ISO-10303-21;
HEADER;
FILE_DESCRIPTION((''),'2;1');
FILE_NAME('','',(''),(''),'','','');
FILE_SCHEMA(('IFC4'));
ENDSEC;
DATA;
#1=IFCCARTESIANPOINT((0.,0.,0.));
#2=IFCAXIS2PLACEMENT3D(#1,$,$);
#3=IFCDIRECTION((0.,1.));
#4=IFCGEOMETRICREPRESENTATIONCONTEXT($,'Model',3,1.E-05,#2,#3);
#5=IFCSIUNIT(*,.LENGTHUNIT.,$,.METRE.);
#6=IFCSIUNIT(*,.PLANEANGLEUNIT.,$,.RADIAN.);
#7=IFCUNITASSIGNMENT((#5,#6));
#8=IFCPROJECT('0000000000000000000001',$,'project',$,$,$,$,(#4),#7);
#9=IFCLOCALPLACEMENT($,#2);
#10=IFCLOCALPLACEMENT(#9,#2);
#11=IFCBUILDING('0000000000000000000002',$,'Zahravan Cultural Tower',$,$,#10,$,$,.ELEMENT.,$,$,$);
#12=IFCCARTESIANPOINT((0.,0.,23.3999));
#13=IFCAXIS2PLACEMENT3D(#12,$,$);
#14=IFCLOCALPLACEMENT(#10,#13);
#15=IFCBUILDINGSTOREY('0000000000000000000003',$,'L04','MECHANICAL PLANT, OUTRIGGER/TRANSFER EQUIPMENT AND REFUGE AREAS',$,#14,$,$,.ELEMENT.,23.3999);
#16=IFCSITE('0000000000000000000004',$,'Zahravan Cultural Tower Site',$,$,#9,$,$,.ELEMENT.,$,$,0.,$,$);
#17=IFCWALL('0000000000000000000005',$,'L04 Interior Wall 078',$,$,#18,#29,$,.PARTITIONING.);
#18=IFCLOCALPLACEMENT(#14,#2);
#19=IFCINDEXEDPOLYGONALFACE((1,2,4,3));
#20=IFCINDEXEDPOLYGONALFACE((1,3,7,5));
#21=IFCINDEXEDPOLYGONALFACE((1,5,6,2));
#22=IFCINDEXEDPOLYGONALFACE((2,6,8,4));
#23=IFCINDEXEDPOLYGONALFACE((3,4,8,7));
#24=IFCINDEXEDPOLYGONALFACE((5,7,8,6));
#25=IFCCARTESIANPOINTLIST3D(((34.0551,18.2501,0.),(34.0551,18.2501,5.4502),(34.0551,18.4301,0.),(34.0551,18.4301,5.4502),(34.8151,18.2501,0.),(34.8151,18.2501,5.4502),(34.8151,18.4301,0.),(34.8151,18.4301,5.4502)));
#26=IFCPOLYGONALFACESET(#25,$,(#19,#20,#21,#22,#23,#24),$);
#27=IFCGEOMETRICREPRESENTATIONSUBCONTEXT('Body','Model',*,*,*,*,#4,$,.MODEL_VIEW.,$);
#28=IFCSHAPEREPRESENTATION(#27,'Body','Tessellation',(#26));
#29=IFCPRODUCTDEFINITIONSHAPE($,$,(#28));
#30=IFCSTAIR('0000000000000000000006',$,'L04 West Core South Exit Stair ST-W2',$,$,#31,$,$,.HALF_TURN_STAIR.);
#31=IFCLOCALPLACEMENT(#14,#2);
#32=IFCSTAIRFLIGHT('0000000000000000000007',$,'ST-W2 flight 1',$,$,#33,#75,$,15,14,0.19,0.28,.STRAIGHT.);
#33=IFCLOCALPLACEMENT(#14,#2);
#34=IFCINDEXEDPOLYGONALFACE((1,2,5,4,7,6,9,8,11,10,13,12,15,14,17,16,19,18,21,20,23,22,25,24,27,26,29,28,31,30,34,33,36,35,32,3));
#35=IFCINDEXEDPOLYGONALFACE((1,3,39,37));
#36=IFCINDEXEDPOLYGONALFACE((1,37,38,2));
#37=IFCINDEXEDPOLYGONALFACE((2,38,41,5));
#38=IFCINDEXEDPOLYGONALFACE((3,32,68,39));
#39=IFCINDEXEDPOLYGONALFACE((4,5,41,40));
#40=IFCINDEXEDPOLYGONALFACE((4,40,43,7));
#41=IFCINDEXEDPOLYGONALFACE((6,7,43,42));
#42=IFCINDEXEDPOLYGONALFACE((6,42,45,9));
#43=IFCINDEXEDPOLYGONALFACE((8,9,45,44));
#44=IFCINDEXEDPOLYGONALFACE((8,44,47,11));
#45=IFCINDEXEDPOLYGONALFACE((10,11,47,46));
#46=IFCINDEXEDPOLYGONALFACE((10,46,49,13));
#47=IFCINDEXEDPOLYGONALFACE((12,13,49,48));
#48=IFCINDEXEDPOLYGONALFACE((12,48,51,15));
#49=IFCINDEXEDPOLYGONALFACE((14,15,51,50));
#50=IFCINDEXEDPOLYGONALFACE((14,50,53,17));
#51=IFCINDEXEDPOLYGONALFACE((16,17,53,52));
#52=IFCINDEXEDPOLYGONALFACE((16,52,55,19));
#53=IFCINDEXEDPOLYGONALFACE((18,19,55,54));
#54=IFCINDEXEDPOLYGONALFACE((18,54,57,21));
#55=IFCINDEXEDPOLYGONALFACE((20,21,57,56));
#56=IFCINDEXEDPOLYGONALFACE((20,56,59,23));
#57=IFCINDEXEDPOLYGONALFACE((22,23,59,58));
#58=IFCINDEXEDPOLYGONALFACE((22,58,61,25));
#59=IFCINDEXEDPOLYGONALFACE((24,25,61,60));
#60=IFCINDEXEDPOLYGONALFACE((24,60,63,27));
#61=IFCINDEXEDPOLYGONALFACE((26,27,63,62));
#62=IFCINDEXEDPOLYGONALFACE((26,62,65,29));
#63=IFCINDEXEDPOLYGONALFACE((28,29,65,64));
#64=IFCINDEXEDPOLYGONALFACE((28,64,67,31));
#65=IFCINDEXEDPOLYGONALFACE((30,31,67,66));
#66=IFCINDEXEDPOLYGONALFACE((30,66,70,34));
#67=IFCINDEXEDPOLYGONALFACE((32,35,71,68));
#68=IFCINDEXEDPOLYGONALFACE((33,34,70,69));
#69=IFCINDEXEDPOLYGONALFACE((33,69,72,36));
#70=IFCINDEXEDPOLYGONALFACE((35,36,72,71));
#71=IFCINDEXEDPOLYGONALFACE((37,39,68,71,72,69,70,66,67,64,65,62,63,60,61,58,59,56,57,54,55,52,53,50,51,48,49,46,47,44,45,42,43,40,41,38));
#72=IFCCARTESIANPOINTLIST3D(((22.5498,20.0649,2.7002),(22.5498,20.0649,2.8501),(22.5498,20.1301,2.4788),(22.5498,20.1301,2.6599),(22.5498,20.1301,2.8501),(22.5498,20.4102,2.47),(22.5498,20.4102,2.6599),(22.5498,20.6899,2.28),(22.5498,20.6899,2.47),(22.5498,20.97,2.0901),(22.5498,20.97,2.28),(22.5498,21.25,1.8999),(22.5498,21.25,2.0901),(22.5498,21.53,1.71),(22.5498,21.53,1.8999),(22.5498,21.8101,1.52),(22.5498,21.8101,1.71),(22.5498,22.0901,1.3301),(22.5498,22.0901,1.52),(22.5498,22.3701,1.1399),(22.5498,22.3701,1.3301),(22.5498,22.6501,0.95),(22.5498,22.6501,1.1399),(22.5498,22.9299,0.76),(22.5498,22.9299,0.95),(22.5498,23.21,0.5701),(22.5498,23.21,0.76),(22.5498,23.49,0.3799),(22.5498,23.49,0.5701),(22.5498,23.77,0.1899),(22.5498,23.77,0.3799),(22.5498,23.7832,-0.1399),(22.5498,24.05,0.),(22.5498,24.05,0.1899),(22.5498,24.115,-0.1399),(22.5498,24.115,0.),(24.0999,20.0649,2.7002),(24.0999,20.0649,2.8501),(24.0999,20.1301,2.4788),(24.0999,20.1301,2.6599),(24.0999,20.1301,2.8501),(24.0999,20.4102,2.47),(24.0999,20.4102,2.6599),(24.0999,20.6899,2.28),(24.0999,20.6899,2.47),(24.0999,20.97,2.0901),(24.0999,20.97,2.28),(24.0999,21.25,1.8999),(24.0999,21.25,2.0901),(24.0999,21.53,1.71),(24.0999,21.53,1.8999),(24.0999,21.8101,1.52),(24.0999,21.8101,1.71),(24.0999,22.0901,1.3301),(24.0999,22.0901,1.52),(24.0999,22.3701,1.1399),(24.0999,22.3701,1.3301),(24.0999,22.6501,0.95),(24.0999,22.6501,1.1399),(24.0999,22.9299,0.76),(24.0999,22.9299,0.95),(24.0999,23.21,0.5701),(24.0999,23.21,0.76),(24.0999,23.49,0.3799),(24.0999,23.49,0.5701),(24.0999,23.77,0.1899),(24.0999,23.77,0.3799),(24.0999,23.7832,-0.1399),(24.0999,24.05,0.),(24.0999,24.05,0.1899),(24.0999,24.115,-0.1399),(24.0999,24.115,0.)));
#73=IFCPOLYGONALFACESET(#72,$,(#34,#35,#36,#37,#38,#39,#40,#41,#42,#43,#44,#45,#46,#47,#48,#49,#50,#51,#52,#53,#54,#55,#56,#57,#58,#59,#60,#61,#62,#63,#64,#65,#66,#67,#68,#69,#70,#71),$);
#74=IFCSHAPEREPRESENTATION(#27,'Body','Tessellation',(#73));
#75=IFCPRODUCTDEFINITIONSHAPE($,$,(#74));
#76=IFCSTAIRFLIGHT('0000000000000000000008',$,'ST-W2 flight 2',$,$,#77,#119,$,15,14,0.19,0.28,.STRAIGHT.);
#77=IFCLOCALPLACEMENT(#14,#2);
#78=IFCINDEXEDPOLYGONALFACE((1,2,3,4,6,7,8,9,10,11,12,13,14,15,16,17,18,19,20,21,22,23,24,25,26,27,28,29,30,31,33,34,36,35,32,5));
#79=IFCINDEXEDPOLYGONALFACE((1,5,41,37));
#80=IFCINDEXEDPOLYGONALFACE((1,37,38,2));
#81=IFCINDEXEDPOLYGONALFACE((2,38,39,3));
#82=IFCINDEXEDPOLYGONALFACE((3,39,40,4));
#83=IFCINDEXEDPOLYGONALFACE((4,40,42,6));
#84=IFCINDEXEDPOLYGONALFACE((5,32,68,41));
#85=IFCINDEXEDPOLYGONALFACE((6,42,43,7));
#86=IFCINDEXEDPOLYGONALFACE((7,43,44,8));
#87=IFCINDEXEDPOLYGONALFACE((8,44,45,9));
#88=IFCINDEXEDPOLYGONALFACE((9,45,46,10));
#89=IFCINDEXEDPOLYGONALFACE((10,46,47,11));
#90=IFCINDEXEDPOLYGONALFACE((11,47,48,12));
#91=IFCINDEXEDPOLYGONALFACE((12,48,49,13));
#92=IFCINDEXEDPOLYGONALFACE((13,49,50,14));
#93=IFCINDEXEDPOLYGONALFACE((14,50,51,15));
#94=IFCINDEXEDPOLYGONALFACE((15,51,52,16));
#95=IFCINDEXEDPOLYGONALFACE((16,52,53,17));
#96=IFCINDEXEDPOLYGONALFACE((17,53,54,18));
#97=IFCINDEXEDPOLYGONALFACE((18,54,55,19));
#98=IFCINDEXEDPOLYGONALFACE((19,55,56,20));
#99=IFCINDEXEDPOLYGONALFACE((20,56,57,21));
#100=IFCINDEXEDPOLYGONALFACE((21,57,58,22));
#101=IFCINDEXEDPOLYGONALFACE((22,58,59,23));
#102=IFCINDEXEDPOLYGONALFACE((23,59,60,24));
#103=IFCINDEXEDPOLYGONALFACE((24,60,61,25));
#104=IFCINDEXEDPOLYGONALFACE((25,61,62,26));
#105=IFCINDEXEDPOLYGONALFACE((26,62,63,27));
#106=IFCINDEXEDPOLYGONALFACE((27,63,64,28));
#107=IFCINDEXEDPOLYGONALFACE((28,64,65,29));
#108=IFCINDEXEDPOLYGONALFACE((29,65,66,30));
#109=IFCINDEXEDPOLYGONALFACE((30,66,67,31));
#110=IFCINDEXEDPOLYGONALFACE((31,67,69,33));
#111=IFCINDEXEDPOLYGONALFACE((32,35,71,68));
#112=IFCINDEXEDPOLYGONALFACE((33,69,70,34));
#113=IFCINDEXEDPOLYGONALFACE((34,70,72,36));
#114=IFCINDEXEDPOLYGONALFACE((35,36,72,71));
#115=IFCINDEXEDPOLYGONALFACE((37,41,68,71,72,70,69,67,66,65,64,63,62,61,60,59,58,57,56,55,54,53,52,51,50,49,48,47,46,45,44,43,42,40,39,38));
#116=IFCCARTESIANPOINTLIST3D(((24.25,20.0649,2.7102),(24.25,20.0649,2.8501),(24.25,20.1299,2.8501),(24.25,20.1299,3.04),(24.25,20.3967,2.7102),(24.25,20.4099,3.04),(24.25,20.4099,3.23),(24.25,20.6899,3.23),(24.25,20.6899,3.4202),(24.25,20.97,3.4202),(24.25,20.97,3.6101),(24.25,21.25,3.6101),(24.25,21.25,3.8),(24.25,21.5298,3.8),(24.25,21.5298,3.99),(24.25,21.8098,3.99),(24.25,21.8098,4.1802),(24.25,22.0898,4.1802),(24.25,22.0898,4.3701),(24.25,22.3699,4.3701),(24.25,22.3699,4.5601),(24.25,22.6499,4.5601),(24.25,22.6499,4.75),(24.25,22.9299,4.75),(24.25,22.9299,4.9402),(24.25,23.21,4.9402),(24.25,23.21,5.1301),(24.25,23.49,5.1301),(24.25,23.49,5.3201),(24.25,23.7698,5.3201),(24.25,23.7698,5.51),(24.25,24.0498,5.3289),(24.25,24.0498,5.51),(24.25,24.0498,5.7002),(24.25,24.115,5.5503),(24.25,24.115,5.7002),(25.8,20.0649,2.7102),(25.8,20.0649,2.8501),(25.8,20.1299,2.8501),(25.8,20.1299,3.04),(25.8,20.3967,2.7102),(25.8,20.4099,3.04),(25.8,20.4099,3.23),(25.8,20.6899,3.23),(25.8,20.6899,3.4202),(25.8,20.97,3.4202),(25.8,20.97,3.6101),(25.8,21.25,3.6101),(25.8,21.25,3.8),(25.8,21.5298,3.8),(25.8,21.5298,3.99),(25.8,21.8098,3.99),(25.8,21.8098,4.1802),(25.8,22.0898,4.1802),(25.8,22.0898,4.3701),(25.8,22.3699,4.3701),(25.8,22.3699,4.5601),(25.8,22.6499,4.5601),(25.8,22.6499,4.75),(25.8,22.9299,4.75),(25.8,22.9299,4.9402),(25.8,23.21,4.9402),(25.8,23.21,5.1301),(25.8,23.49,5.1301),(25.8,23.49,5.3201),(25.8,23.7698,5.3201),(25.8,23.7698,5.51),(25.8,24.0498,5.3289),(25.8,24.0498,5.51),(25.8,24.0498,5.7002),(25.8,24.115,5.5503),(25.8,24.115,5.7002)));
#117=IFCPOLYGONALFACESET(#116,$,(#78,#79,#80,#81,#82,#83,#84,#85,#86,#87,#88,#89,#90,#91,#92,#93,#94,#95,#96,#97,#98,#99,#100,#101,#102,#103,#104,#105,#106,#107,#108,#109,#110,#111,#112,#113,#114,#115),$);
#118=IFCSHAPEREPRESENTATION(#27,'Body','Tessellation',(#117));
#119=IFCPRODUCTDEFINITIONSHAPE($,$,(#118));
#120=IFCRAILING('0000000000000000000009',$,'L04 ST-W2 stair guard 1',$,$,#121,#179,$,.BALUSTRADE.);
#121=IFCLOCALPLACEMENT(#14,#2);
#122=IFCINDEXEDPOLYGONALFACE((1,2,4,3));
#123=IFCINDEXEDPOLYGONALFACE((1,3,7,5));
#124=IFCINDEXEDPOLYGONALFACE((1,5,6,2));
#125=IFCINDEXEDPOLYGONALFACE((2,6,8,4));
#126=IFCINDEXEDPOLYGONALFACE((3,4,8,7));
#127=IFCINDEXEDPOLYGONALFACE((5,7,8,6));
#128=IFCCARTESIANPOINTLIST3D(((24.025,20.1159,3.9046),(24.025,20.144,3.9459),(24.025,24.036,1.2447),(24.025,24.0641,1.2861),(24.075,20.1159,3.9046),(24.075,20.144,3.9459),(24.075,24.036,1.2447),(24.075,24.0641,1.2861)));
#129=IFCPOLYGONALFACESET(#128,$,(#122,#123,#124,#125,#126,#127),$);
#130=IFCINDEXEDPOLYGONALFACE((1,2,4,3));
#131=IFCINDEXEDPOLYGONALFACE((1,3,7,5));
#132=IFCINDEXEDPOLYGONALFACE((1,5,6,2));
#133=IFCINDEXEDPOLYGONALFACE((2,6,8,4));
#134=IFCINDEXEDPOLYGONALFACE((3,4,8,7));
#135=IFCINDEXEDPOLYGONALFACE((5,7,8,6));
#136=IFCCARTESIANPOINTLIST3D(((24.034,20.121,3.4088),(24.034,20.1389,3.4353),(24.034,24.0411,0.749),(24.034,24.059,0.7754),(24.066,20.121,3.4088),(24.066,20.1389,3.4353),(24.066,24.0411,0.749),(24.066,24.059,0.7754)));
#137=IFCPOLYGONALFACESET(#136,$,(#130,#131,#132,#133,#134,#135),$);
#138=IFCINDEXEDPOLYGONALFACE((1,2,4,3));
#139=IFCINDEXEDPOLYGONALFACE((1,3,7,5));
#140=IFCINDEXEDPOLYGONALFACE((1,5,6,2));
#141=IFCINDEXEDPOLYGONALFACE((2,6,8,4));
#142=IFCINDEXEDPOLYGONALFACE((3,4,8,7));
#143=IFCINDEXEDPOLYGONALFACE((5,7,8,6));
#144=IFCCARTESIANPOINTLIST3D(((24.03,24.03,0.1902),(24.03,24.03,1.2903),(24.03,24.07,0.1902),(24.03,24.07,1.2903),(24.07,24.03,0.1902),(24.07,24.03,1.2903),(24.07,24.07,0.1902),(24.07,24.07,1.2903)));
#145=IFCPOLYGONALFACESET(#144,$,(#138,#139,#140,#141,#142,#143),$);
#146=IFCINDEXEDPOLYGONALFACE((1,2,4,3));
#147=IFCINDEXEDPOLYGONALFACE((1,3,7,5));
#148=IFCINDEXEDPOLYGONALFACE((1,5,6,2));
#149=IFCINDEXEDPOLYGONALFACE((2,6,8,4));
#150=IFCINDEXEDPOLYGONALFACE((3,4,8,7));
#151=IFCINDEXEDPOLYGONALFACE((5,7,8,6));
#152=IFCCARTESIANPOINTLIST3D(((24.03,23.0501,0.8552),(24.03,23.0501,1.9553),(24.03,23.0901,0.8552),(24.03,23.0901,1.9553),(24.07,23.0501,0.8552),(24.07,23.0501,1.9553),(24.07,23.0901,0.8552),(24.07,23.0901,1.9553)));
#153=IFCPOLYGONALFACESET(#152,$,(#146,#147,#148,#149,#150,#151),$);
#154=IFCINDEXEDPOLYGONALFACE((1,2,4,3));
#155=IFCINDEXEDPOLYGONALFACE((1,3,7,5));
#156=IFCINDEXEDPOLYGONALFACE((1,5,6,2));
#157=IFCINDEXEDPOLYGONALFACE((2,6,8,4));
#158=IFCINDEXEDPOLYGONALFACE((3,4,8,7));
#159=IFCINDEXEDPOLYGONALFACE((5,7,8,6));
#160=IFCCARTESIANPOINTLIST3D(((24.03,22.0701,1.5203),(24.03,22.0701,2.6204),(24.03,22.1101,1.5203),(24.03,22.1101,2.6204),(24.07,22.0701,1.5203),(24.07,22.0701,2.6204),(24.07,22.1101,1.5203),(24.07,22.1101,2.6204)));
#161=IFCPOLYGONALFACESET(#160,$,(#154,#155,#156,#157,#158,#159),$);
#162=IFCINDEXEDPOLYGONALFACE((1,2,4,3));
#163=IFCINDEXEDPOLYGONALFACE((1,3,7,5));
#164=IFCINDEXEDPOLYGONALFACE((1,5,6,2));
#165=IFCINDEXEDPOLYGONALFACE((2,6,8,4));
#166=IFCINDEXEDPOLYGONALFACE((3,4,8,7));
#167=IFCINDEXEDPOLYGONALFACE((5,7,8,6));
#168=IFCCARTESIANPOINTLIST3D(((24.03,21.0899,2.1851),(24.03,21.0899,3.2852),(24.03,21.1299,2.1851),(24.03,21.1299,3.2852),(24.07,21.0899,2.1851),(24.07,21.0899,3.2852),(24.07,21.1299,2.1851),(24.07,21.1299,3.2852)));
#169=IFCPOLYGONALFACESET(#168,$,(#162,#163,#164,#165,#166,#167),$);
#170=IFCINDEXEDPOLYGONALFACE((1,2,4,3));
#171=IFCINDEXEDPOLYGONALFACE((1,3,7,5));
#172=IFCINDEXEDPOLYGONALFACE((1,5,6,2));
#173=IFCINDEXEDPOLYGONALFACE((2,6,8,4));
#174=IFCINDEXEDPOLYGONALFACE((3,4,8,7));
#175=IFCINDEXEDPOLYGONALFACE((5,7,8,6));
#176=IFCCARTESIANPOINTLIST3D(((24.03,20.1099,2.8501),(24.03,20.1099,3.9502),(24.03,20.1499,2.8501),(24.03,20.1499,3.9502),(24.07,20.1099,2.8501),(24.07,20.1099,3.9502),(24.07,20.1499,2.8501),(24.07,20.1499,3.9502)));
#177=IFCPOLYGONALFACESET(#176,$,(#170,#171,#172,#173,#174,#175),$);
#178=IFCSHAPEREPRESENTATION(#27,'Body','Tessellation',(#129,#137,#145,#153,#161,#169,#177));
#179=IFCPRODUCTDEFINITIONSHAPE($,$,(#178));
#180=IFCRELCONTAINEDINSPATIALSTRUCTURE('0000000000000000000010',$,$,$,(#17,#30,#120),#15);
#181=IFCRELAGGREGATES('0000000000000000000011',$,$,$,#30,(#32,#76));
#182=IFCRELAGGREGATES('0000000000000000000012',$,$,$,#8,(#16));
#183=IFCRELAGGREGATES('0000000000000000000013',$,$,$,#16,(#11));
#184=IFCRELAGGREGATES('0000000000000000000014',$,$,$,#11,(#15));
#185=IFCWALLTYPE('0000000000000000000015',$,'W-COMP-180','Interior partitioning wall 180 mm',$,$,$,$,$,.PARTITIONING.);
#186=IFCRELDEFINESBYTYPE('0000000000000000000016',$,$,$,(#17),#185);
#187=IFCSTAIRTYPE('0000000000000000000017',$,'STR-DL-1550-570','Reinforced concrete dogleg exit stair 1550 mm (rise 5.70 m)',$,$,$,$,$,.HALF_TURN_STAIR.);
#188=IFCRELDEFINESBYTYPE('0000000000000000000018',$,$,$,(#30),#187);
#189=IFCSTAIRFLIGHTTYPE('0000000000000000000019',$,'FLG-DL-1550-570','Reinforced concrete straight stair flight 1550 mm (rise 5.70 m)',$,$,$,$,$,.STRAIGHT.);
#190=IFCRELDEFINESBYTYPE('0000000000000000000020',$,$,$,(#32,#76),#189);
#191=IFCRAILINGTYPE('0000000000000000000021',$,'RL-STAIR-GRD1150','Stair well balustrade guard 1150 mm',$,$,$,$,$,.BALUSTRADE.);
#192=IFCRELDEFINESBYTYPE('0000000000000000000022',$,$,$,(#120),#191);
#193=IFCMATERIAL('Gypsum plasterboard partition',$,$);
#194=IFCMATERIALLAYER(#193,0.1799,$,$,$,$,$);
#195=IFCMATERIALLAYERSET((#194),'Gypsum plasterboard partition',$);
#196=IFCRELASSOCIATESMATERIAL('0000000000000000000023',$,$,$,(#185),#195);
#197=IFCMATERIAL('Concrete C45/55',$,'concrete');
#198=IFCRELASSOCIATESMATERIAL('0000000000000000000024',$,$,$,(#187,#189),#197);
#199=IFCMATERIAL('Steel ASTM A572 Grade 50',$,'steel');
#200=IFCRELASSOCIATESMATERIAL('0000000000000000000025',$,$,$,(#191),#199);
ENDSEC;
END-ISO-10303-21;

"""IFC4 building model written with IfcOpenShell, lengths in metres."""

from ifc_helpers import new_model, si_unit, direction, frame, frame_2d, origin, origin_2d, place, context, subcontext, project, spatial, polyline, rectangle, outline, extrude, source, transform, mapped, material, layer, layer_set, type_object, element, aggregate, save


model = new_model("IFC4")

# Units and contexts
model_context = context("Model", 3, precision=1e-05, world=origin(), true_north=direction((0.0, 1.0)))
body_context = subcontext(model_context, "Body", "Model", "MODEL_VIEW")
ifc_project = project(units=[si_unit("LENGTHUNIT", "METRE"), si_unit("PLANEANGLEUNIT", "RADIAN")], contexts=[model_context])

# Site, building, storey
site_placement = place(None, origin())
site = spatial("IfcSite", under=ifc_project, at=site_placement, Name="Zahravan Cultural Tower Site", CompositionType="ELEMENT", RefElevation=0.0)
building_placement = place(site_placement, origin())
building = spatial("IfcBuilding", under=site, at=building_placement, Name="Zahravan Cultural Tower", CompositionType="ELEMENT")
storey_placement = place(building_placement, frame((0.0, 0.0, 23.3999)))
storey = spatial("IfcBuildingStorey", under=building, at=storey_placement, Name="L04", Description="MECHANICAL PLANT, OUTRIGGER/TRANSFER EQUIPMENT AND REFUGE AREAS", CompositionType="ELEMENT", Elevation=23.3999)

# Shared definitions
ifc_material_1 = material(Name="Gypsum plasterboard partition")
ifc_layer_1 = layer(ifc_material_1, 0.1799)
ifc_layer_set_1 = layer_set([ifc_layer_1], Name="Gypsum plasterboard partition")
wall_type_1 = type_object("IfcWallType", Name="W-COMP-180", Description="Interior partitioning wall 180 mm", PredefinedType="PARTITIONING", material=ifc_layer_set_1)
ifc_material_2 = material(Name="Steel ASTM A572 Grade 50", Category="steel")

# Wall
ifc_material_3 = material(Name="Concrete C45/55", Category="concrete")
shared_shape_1 = source(origin(), body_context, "Body", "SweptSolid", [
    extrude(rectangle(XDim=0.76, YDim=0.1799, at=frame_2d((0.3799, 0.0))), origin(), (0.0, 0.0, 1.0), 5.4502),
])
wall_1_placement = place(storey_placement, frame((34.8149, 18.3401, 0.0), z_axis=(0.0, 0.0, 1.0), x_axis=(-1.0, 0.0, 0.0)))
element("IfcWall", 1, at=wall_1_placement, inside=storey, type_object=wall_type_1, Name="L04 Interior Wall 078", PredefinedType="PARTITIONING", context=body_context, shape_type="MappedRepresentation", body=[
    mapped(shared_shape_1, transform((0.0, 0.0, 0.0), x_axis=(1.0, 0.0, 0.0), y_axis=(0.0, 1.0, 0.0), z_axis=(0.0, 0.0, 1.0), scale=1.0)),
])

# Stair, stair flights
stair_type = type_object("IfcStairType", Name="STR-DL-1550-570", Description="Reinforced concrete dogleg exit stair 1550 mm (rise 5.70 m)", PredefinedType="HALF_TURN_STAIR", material=ifc_material_3)
stair_placement = place(storey_placement, origin())
stair = element("IfcStair", 2, at=stair_placement, inside=storey, type_object=stair_type, Name="L04 West Core South Exit Stair ST-W2", PredefinedType="HALF_TURN_STAIR")
stair_flight_type = type_object("IfcStairFlightType", Name="FLG-DL-1550-570", Description="Reinforced concrete straight stair flight 1550 mm (rise 5.70 m)", PredefinedType="STRAIGHT", material=ifc_material_3)
stair_flight_1_placement = place(storey_placement, frame((23.325, 24.05, 0.0), z_axis=(0.0, 0.0, 1.0), x_axis=(0.0, -1.0, 0.0)))
stair_flight_1 = element("IfcStairFlight", 3, at=stair_flight_1_placement, type_object=stair_flight_type, Name="ST-W2 flight 1", NumberOfRisers=15, NumberOfTreads=14, PredefinedType="STRAIGHT", RiserHeight=0.19, TreadLength=0.28, context=body_context, shape_type="SweptSolid", body=[
    extrude(outline(polyline([(-0.0649, -0.1399), (-0.0649, 0.0), (0.0, 0.0), (0.0, 0.1899), (0.28, 0.1899), (0.28, 0.3799), (0.5601, 0.3799), (0.5601, 0.5701), (0.8401, 0.5701), (0.8401, 0.76), (1.1201, 0.76), (1.1201, 0.95), (1.3999, 0.95), (1.3999, 1.1399), (1.6799, 1.1399), (1.6799, 1.3301), (1.96, 1.3301), (1.96, 1.52), (2.24, 1.52), (2.24, 1.71), (2.52, 1.71), (2.52, 1.8999), (2.8, 1.8999), (2.8, 2.0901), (3.0801, 2.0901), (3.0801, 2.28), (3.3601, 2.28), (3.3601, 2.47), (3.6399, 2.47), (3.6399, 2.6599), (3.9199, 2.6599), (3.9199, 2.8501), (3.9851, 2.8501), (3.9851, 2.7002), (3.9199, 2.4788), (0.2668, -0.1399), (-0.0649, -0.1399)])), frame((0.0, 0.7749, 0.0), z_axis=(0.0, -1.0, 0.0), x_axis=(1.0, 0.0, 0.0)), (0.0, 0.0, 1.0), 1.55),
])
stair_flight_2_placement = place(storey_placement, frame((25.0249, 20.1299, 2.8501), z_axis=(0.0, 0.0, 1.0), x_axis=(0.0, 1.0, 0.0)))
stair_flight_2 = element("IfcStairFlight", 4, at=stair_flight_2_placement, type_object=stair_flight_type, Name="ST-W2 flight 2", NumberOfRisers=15, NumberOfTreads=14, PredefinedType="STRAIGHT", RiserHeight=0.19, TreadLength=0.28, context=body_context, shape_type="SweptSolid", body=[
    extrude(outline(polyline([(-0.0649, -0.1399), (-0.0649, 0.0), (0.0, 0.0), (0.0, 0.1899), (0.28, 0.1899), (0.28, 0.3799), (0.5601, 0.3799), (0.5601, 0.5701), (0.8401, 0.5701), (0.8401, 0.76), (1.1201, 0.76), (1.1201, 0.95), (1.3999, 0.95), (1.3999, 1.1399), (1.6799, 1.1399), (1.6799, 1.3301), (1.96, 1.3301), (1.96, 1.52), (2.24, 1.52), (2.24, 1.71), (2.52, 1.71), (2.52, 1.8999), (2.8, 1.8999), (2.8, 2.0901), (3.0801, 2.0901), (3.0801, 2.28), (3.3601, 2.28), (3.3601, 2.47), (3.6399, 2.47), (3.6399, 2.6599), (3.9199, 2.6599), (3.9199, 2.8501), (3.9851, 2.8501), (3.9851, 2.7002), (3.9199, 2.4788), (0.2668, -0.1399), (-0.0649, -0.1399)])), frame((0.0, 0.7749, 0.0), z_axis=(0.0, -1.0, 0.0), x_axis=(1.0, 0.0, 0.0)), (0.0, 0.0, 1.0), 1.55),
])
aggregate(stair, [stair_flight_1, stair_flight_2])

# Railing
railing_type_1 = type_object("IfcRailingType", Name="RL-STAIR-GRD1150", Description="Stair well balustrade guard 1150 mm", PredefinedType="BALUSTRADE", material=ifc_material_2)
railing_1_placement = place(storey_placement, frame((24.05, 24.05, 0.1902)))
element("IfcRailing", 5, at=railing_1_placement, inside=storey, type_object=railing_type_1, Name="L04 ST-W2 stair guard 1", PredefinedType="BALUSTRADE", context=body_context, shape_type="SweptSolid", body=[
    extrude(rectangle(XDim=0.05, YDim=0.05, at=origin_2d()), frame((0.0, 0.0, 1.0752), z_axis=(0.0, -0.827495, 0.561472), x_axis=(1.0, 0.0, 0.0)), (0.0, 0.0, 1.0), 4.7373),
    extrude(rectangle(XDim=0.032, YDim=0.032, at=origin_2d()), frame((0.0, 0.0, 0.572), z_axis=(0.0, -0.827495, 0.561472), x_axis=(1.0, 0.0, 0.0)), (0.0, 0.0, 1.0), 4.7373),
    extrude(rectangle(XDim=0.04, YDim=0.04, at=origin_2d()), origin(), (0.0, 0.0, 1.0), 1.1001),
    extrude(rectangle(XDim=0.04, YDim=0.04, at=origin_2d()), frame((0.0, -0.98, 0.665)), (0.0, 0.0, 1.0), 1.1001),
    extrude(rectangle(XDim=0.04, YDim=0.04, at=origin_2d()), frame((0.0, -1.96, 1.3301)), (0.0, 0.0, 1.0), 1.1001),
    extrude(rectangle(XDim=0.04, YDim=0.04, at=origin_2d()), frame((0.0, -2.9402, 1.9949)), (0.0, 0.0, 1.0), 1.1001),
    extrude(rectangle(XDim=0.04, YDim=0.04, at=origin_2d()), frame((0.0, -3.9202, 2.6599)), (0.0, 0.0, 1.0), 1.1001),
])

save(model, "model.ifc")
